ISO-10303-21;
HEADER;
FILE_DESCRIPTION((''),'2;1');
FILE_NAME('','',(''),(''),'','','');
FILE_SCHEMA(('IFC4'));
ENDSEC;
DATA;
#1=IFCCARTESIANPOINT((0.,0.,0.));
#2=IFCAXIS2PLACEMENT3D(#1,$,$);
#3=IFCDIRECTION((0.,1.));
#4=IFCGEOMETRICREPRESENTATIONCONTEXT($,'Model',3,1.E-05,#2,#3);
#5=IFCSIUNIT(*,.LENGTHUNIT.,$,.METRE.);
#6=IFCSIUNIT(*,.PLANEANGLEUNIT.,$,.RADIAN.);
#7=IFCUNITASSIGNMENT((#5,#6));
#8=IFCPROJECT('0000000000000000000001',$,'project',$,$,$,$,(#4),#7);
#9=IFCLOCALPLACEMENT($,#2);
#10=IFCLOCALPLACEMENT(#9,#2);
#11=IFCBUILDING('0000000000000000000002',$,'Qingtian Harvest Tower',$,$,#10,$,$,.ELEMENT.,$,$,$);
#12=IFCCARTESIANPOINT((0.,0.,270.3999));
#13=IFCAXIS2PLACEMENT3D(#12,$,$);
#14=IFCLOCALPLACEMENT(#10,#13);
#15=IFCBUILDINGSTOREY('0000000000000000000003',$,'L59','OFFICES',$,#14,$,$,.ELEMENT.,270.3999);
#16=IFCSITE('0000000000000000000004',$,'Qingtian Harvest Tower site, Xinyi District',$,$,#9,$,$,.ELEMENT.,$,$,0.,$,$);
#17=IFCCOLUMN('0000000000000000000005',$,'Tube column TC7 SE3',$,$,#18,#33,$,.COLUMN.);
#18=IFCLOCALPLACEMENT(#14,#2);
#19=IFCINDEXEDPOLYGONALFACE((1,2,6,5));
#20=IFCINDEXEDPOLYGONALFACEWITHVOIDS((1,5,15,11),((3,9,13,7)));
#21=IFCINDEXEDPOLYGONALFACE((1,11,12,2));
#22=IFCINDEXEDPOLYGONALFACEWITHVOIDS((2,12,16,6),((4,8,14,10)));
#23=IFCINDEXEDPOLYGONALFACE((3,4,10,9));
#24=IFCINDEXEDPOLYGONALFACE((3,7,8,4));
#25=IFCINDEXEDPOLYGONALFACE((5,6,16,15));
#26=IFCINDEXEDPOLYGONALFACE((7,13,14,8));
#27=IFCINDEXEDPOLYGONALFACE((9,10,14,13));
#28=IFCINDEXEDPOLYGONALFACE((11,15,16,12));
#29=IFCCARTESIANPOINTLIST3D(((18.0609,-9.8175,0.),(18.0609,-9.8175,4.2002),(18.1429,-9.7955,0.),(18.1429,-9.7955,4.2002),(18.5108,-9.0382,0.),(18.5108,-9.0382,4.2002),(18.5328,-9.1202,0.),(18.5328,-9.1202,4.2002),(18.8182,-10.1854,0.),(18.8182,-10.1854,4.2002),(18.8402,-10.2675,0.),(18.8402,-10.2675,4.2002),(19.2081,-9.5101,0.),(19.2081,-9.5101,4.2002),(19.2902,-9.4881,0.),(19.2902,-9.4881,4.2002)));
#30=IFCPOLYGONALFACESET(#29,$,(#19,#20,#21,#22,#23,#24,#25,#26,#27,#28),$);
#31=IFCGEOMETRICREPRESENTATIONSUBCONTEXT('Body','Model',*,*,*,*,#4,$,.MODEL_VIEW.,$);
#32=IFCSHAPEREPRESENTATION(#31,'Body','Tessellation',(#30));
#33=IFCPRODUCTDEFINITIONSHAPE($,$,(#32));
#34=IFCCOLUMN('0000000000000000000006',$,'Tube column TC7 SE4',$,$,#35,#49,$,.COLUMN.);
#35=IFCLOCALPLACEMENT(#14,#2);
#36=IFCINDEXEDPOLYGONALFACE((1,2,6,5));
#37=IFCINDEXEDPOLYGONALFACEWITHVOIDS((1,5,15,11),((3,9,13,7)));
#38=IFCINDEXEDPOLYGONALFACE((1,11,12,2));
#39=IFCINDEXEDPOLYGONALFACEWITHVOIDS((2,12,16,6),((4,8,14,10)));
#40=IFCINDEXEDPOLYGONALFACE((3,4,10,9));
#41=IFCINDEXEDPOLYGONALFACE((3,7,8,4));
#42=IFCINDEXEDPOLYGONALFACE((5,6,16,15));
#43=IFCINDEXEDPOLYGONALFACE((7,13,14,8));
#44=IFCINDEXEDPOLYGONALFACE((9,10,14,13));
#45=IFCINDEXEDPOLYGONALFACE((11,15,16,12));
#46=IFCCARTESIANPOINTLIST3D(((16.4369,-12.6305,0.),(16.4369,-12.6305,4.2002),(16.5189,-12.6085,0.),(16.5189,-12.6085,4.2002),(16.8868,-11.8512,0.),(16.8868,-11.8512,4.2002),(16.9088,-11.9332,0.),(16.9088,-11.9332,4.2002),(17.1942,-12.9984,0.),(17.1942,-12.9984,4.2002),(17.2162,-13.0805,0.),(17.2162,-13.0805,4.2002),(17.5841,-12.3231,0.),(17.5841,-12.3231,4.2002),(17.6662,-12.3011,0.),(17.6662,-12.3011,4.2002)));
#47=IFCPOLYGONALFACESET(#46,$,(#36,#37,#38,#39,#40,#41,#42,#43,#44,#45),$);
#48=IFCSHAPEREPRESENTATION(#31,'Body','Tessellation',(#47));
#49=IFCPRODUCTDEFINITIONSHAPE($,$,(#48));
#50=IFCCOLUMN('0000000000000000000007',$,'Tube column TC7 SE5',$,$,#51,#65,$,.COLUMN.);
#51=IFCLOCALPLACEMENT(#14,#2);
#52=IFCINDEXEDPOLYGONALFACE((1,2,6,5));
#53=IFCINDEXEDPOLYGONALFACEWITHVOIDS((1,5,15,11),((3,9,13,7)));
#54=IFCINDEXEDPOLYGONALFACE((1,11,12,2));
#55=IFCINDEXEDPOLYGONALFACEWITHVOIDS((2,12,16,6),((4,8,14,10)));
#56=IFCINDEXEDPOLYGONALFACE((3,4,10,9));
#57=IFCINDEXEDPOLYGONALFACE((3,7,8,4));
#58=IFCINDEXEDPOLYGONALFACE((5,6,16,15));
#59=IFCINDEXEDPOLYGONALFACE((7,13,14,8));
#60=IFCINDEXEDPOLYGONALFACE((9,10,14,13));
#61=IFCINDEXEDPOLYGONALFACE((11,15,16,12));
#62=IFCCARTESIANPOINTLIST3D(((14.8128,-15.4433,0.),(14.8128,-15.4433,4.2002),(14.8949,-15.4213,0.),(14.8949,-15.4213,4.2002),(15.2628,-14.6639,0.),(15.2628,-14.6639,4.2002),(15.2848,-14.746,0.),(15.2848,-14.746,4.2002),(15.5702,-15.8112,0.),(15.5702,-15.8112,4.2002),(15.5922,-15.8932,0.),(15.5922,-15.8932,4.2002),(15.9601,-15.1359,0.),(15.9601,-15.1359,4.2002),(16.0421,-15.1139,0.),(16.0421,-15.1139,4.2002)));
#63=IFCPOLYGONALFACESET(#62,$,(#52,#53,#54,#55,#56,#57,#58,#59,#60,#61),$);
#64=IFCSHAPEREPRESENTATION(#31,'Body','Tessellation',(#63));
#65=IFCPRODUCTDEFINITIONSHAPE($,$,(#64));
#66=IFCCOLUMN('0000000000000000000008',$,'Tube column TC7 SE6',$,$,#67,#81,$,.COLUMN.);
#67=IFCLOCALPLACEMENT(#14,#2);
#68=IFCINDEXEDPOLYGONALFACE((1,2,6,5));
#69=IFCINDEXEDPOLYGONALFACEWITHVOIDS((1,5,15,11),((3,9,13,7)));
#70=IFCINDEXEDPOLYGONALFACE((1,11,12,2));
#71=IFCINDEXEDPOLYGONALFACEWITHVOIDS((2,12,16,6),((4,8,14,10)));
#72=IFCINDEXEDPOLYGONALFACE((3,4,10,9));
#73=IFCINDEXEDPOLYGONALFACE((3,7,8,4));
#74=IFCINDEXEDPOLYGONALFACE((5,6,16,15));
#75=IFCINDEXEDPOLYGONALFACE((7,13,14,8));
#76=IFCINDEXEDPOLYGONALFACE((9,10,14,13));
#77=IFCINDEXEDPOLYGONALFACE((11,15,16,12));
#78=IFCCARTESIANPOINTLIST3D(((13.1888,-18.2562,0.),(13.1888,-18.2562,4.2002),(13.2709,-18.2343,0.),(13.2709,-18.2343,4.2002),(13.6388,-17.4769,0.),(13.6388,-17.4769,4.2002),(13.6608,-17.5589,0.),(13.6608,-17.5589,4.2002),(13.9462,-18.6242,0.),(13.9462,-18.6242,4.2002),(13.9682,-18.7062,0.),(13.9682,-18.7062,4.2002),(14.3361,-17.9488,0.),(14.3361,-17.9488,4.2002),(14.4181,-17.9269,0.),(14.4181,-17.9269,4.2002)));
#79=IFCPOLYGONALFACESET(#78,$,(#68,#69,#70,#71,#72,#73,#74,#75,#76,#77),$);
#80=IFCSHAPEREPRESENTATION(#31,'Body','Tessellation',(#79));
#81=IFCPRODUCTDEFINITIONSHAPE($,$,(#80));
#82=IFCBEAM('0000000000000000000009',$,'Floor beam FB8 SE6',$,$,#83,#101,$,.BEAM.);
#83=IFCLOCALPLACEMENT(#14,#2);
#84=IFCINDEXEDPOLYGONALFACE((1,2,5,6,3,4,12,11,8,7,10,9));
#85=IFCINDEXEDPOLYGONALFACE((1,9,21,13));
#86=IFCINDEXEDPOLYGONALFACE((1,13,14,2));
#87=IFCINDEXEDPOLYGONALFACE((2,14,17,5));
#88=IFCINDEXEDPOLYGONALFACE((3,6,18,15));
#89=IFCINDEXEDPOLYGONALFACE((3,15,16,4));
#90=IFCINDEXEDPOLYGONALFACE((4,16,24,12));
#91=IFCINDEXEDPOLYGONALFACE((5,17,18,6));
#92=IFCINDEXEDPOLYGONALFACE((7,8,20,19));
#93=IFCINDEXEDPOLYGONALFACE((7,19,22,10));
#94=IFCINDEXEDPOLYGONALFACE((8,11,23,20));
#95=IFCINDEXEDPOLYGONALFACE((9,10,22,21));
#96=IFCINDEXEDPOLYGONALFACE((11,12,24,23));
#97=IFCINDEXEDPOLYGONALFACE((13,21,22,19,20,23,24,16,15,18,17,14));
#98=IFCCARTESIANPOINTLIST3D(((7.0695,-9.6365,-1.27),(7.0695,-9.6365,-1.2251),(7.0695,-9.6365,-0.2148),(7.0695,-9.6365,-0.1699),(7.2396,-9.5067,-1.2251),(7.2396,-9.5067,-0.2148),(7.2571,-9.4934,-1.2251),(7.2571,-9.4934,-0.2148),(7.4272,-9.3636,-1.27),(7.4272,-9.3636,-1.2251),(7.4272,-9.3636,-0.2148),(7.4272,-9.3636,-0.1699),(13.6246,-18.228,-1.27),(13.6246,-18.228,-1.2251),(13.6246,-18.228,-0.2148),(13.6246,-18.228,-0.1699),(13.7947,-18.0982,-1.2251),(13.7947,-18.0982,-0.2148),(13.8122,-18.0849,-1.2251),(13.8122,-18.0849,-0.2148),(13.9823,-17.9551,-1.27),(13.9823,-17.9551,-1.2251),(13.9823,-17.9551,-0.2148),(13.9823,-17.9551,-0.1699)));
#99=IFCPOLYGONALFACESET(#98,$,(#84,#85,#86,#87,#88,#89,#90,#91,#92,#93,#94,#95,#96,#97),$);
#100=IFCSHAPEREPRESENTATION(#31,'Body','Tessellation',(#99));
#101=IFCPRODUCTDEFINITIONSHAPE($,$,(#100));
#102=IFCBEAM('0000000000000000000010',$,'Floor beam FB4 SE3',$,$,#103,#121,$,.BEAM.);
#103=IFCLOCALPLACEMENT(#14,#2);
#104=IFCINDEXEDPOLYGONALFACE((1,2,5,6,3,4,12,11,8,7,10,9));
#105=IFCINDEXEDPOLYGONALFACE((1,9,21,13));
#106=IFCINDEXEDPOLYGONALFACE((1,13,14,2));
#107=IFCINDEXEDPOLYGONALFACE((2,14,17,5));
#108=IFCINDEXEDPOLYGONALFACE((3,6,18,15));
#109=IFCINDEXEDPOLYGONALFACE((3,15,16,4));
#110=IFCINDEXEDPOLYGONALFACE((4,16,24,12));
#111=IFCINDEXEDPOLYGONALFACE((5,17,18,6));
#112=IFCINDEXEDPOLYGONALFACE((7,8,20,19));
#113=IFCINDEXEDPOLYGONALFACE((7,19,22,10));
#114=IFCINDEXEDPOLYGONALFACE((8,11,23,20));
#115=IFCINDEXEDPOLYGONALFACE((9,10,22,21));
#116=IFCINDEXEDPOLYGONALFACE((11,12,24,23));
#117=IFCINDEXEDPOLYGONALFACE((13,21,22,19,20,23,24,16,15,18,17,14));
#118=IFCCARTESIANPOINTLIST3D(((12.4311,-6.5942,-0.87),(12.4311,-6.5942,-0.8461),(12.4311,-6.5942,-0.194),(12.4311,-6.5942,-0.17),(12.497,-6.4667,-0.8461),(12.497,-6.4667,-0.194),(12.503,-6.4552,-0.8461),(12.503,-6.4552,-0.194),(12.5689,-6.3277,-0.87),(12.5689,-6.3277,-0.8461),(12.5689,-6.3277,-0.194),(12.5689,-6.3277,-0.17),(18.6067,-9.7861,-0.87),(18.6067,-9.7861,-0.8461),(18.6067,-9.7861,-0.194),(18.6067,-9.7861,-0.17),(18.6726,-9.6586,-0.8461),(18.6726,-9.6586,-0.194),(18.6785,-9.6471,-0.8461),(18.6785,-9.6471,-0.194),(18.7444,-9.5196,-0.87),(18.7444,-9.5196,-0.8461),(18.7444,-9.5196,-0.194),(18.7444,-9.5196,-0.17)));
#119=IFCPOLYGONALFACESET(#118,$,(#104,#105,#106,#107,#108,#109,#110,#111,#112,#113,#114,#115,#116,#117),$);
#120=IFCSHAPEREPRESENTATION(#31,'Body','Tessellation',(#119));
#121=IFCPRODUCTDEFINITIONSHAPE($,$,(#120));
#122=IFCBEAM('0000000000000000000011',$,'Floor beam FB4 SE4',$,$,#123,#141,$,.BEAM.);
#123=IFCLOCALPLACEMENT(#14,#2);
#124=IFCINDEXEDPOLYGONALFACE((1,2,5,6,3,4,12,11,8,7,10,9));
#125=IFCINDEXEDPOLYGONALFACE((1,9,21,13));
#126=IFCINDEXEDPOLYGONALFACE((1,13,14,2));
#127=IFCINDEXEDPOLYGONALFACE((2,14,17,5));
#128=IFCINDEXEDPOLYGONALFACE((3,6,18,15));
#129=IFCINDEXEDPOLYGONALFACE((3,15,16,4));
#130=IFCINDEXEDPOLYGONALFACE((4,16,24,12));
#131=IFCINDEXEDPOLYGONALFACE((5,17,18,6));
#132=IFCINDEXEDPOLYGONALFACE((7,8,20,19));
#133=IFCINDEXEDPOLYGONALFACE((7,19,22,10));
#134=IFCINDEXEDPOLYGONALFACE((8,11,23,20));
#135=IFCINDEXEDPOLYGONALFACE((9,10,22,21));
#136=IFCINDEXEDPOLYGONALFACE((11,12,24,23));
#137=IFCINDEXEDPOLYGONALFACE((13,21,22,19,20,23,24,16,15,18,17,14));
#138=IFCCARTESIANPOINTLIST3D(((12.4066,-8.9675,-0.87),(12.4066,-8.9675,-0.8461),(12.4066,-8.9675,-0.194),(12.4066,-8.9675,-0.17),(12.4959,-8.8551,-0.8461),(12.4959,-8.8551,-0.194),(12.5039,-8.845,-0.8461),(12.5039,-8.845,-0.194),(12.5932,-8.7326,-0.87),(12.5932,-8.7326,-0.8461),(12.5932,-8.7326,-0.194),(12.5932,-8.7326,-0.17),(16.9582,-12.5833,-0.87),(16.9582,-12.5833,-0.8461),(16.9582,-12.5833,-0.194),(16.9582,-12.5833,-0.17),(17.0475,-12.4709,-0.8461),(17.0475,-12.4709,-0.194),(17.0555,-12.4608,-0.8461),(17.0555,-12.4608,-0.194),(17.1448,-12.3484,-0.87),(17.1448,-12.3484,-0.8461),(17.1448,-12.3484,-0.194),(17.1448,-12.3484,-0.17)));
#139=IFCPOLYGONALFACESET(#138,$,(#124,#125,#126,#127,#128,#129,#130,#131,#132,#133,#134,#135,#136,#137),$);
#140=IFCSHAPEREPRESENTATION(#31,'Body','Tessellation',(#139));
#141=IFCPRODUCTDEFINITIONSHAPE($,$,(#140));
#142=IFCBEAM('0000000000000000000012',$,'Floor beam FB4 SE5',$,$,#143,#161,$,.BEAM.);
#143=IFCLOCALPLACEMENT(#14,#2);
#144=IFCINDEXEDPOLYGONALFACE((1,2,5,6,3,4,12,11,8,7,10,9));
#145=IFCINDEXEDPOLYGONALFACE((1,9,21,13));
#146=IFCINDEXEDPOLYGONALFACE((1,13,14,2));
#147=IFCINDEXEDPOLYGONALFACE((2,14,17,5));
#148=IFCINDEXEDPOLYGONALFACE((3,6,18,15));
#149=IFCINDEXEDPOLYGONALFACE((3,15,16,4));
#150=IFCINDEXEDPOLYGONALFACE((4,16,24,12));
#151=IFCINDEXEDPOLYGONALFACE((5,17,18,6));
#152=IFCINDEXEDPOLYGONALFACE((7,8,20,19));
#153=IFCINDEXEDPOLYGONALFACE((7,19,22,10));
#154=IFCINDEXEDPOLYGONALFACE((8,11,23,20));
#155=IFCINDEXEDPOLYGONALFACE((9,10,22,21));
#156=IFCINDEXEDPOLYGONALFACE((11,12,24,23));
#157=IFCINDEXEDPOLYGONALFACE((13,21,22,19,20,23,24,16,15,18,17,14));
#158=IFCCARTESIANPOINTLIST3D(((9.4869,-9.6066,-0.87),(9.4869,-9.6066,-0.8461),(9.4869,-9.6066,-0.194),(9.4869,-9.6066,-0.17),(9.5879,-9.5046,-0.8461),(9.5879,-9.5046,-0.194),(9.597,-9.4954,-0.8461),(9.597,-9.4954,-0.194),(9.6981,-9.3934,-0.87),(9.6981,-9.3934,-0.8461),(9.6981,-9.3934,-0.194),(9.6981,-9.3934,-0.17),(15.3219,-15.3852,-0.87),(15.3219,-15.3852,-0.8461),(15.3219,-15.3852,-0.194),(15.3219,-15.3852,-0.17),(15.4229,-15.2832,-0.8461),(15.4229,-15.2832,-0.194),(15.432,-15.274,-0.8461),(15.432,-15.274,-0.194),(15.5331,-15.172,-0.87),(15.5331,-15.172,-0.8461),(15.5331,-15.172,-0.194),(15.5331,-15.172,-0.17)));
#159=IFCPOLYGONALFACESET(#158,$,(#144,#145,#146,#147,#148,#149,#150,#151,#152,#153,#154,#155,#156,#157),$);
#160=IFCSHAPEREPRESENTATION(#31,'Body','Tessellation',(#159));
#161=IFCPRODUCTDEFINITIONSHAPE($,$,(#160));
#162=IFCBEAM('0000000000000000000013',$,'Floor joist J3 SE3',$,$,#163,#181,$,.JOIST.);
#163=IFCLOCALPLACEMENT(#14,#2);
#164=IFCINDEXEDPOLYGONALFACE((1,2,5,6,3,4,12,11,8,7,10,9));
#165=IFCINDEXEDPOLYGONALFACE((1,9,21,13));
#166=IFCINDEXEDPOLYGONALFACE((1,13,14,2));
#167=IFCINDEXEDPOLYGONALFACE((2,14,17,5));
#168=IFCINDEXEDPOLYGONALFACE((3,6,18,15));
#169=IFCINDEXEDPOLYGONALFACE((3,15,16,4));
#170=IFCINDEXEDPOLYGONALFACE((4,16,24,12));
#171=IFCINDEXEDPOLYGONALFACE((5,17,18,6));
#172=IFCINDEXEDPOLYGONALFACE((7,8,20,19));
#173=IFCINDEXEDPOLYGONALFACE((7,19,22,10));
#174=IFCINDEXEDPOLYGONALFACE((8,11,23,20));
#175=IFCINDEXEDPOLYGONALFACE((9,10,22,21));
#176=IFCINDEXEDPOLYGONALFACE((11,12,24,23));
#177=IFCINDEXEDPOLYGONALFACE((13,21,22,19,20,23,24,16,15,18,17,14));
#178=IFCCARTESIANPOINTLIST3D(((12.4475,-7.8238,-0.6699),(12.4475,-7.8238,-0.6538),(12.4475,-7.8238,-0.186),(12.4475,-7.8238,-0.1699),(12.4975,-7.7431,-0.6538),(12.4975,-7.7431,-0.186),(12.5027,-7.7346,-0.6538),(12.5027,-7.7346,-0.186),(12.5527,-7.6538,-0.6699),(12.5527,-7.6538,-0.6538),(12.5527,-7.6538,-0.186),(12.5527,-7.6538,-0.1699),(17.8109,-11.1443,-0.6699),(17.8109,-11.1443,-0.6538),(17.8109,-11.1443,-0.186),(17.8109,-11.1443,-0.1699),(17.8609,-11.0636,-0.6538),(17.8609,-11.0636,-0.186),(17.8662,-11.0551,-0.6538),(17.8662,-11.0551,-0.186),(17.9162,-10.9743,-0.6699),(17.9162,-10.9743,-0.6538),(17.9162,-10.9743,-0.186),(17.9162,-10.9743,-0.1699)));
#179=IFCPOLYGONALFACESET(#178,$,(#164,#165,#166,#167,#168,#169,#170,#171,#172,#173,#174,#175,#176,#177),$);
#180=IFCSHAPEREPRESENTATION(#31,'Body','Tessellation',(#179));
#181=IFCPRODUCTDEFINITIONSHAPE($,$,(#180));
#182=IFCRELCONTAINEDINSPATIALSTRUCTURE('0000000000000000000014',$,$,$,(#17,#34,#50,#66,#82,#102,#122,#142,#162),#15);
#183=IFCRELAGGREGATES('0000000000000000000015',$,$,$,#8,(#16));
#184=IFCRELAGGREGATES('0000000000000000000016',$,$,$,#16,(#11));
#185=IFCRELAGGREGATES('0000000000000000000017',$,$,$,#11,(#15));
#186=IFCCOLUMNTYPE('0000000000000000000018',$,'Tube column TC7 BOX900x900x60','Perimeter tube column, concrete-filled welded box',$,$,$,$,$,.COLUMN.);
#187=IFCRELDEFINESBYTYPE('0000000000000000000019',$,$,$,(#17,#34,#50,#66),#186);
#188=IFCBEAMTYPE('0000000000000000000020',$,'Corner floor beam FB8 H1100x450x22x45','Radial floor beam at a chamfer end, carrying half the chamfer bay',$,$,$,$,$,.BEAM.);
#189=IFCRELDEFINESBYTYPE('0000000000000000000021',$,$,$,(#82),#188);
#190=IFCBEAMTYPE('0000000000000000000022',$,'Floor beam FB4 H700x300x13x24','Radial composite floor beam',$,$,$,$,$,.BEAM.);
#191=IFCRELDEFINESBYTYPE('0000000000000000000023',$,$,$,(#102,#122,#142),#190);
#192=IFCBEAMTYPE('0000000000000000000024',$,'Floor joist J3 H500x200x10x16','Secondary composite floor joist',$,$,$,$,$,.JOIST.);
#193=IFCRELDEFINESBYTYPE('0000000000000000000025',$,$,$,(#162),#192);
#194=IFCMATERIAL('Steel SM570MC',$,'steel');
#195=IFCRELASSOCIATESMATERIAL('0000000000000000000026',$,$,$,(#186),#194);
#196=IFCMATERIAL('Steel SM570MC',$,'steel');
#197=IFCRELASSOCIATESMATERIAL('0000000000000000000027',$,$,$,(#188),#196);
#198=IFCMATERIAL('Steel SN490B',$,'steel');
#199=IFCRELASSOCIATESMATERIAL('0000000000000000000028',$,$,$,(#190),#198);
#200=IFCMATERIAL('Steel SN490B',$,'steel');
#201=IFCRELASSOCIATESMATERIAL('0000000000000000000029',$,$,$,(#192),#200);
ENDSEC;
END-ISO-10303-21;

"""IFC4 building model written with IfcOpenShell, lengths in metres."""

from ifc_helpers import new_model, si_unit, direction, frame, origin, origin_2d, place, context, subcontext, project, spatial, hollow_rectangle, i_section, extrude, material, material_profile, profile_set, type_object, element, save


model = new_model("IFC4")

# Units and contexts
model_context = context("Model", 3, precision=1e-05, world=origin(), true_north=direction((0.0, 1.0)))
body_context = subcontext(model_context, "Body", "Model", "MODEL_VIEW")
ifc_project = project(units=[si_unit("LENGTHUNIT", "METRE"), si_unit("PLANEANGLEUNIT", "RADIAN")], contexts=[model_context])

# Site, building, storey
site_placement = place(None, origin())
site = spatial("IfcSite", under=ifc_project, at=site_placement, Name="Qingtian Harvest Tower site, Xinyi District", CompositionType="ELEMENT", RefElevation=0.0)
building_placement = place(site_placement, origin())
building = spatial("IfcBuilding", under=site, at=building_placement, Name="Qingtian Harvest Tower", CompositionType="ELEMENT")
storey_placement = place(building_placement, frame((0.0, 0.0, 270.3999)))
storey = spatial("IfcBuildingStorey", under=building, at=storey_placement, Name="L59", Description="OFFICES", CompositionType="ELEMENT", Elevation=270.3999)

# Columns
ifc_material_1 = material(Name="Steel SM570MC", Category="steel")
ifc_material_profile_1 = material_profile(ifc_material_1, hollow_rectangle(XDim=0.8999, YDim=0.8999, WallThickness=0.0601, at=origin_2d()), Name="BOX900x900x60")
ifc_profile_set_1 = profile_set([ifc_material_profile_1], Name="Steel SM570MC")
column_type = type_object("IfcColumnType", Name="Tube column TC7 BOX900x900x60", Description="Perimeter tube column, concrete-filled welded box", PredefinedType="COLUMN", material=ifc_profile_set_1)
for number, where, z_axis, x_axis, name in (
    (1, (18.6755, -9.6528, 0.0), (0.0, 0.0, 1.0), (0.5, 0.866025, 0.0), "Tube column TC7 SE3"),
    (2, (17.0515, -12.4658, 0.0), (0.0, 0.0, 1.0), (0.5, 0.866025, 0.0), "Tube column TC7 SE4"),
    (3, (15.4275, -15.2786, 0.0), (0.0, 0.0, 1.0), (0.5, 0.866025, 0.0), "Tube column TC7 SE5"),
    (4, (13.8035, -18.0916, 0.0), (0.0, 0.0, 1.0), (0.5, 0.866025, 0.0), "Tube column TC7 SE6"),
):
    element("IfcColumn", number, at=place(storey_placement, frame(where, z_axis=z_axis, x_axis=x_axis)), inside=storey, type_object=column_type, Name=name, PredefinedType="COLUMN", context=body_context, shape_type="SweptSolid", body=[
        extrude(hollow_rectangle(XDim=0.8999, YDim=0.8999, WallThickness=0.0601, at=origin_2d()), origin(), (0.0, 0.0, 1.0), 4.2002),
    ])

# Beams
ifc_material_2 = material(Name="Steel SM570MC", Category="steel")
ifc_material_profile_2 = material_profile(ifc_material_2, i_section(OverallWidth=0.45, OverallDepth=1.1001, WebThickness=0.022, FlangeThickness=0.0449, at=origin_2d()), Name="H1100x450x22x45")
ifc_profile_set_2 = profile_set([ifc_material_profile_2], Name="Steel SM570MC")
beam_type_1 = type_object("IfcBeamType", Name="Corner floor beam FB8 H1100x450x22x45", Description="Radial floor beam at a chamfer end, carrying half the chamfer bay", PredefinedType="BEAM", material=ifc_profile_set_2)
beam_1_placement = place(storey_placement, frame((13.8035, -18.0916, -0.72), z_axis=(-0.606584, 0.79502, 0.0), x_axis=(-0.79502, -0.606584, 0.0)))
element("IfcBeam", 5, at=beam_1_placement, inside=storey, type_object=beam_type_1, Name="Floor beam FB8 SE6", PredefinedType="BEAM", context=body_context, shape_type="SweptSolid", body=[
    extrude(i_section(OverallWidth=0.45, OverallDepth=1.1001, WebThickness=0.022, FlangeThickness=0.0449, at=origin_2d()), origin(), (0.0, 0.0, 1.0), 10.8066),
])
ifc_material_3 = material(Name="Steel SN490B", Category="steel")
ifc_material_profile_3 = material_profile(ifc_material_3, i_section(OverallWidth=0.3, OverallDepth=0.7, WebThickness=0.0129, FlangeThickness=0.0239, at=origin_2d()), Name="H700x300x13x24")
ifc_profile_set_3 = profile_set([ifc_material_profile_3], Name="Steel SN490B")
beam_type_2 = type_object("IfcBeamType", Name="Floor beam FB4 H700x300x13x24", Description="Radial composite floor beam", PredefinedType="BEAM", material=ifc_profile_set_3)
beam_2_placement = place(storey_placement, frame((18.6755, -9.6528, -0.52), z_axis=(-0.888355, 0.459156, 0.0), x_axis=(-0.459156, -0.888355, 0.0)))
element("IfcBeam", 6, at=beam_2_placement, inside=storey, type_object=beam_type_2, Name="Floor beam FB4 SE3", PredefinedType="BEAM", context=body_context, shape_type="SweptSolid", body=[
    extrude(i_section(OverallWidth=0.3, OverallDepth=0.7, WebThickness=0.0129, FlangeThickness=0.0239, at=origin_2d()), origin(), (0.0, 0.0, 1.0), 6.9517),
])
beam_3_placement = place(storey_placement, frame((17.0515, -12.4658, -0.52), z_axis=(-0.783003, 0.622018, 0.0), x_axis=(-0.622018, -0.783003, 0.0)))
element("IfcBeam", 7, at=beam_3_placement, inside=storey, type_object=beam_type_2, Name="Floor beam FB4 SE4", PredefinedType="BEAM", context=body_context, shape_type="SweptSolid", body=[
    extrude(i_section(OverallWidth=0.3, OverallDepth=0.7, WebThickness=0.0129, FlangeThickness=0.0239, at=origin_2d()), origin(), (0.0, 0.0, 1.0), 5.813),
])
beam_4_placement = place(storey_placement, frame((15.4275, -15.2786, -0.52), z_axis=(-0.710532, 0.703665, 0.0), x_axis=(-0.703665, -0.710532, 0.0)))
element("IfcBeam", 8, at=beam_4_placement, inside=storey, type_object=beam_type_2, Name="Floor beam FB4 SE5", PredefinedType="BEAM", context=body_context, shape_type="SweptSolid", body=[
    extrude(i_section(OverallWidth=0.3, OverallDepth=0.7, WebThickness=0.0129, FlangeThickness=0.0239, at=origin_2d()), origin(), (0.0, 0.0, 1.0), 8.2122),
])
ifc_material_4 = material(Name="Steel SN490B", Category="steel")
ifc_material_profile_4 = material_profile(ifc_material_4, i_section(OverallWidth=0.2, OverallDepth=0.5, WebThickness=0.01, FlangeThickness=0.0161, at=origin_2d()), Name="H500x200x10x16")
ifc_profile_set_4 = profile_set([ifc_material_profile_4], Name="Steel SN490B")
beam_type_3 = type_object("IfcBeamType", Name="Floor joist J3 H500x200x10x16", Description="Secondary composite floor joist", PredefinedType="JOIST", material=ifc_profile_set_4)
beam_5_placement = place(storey_placement, frame((17.8635, -11.0593, -0.4199), z_axis=(-0.850245, 0.526387, 0.0), x_axis=(-0.526387, -0.850245, 0.0)))
element("IfcBeam", 9, at=beam_5_placement, inside=storey, type_object=beam_type_3, Name="Floor joist J3 SE3", PredefinedType="JOIST", context=body_context, shape_type="SweptSolid", body=[
    extrude(i_section(OverallWidth=0.2, OverallDepth=0.5, WebThickness=0.01, FlangeThickness=0.0161, at=origin_2d()), origin(), (0.0, 0.0, 1.0), 6.3081),
])

save(model, "model.ifc")
